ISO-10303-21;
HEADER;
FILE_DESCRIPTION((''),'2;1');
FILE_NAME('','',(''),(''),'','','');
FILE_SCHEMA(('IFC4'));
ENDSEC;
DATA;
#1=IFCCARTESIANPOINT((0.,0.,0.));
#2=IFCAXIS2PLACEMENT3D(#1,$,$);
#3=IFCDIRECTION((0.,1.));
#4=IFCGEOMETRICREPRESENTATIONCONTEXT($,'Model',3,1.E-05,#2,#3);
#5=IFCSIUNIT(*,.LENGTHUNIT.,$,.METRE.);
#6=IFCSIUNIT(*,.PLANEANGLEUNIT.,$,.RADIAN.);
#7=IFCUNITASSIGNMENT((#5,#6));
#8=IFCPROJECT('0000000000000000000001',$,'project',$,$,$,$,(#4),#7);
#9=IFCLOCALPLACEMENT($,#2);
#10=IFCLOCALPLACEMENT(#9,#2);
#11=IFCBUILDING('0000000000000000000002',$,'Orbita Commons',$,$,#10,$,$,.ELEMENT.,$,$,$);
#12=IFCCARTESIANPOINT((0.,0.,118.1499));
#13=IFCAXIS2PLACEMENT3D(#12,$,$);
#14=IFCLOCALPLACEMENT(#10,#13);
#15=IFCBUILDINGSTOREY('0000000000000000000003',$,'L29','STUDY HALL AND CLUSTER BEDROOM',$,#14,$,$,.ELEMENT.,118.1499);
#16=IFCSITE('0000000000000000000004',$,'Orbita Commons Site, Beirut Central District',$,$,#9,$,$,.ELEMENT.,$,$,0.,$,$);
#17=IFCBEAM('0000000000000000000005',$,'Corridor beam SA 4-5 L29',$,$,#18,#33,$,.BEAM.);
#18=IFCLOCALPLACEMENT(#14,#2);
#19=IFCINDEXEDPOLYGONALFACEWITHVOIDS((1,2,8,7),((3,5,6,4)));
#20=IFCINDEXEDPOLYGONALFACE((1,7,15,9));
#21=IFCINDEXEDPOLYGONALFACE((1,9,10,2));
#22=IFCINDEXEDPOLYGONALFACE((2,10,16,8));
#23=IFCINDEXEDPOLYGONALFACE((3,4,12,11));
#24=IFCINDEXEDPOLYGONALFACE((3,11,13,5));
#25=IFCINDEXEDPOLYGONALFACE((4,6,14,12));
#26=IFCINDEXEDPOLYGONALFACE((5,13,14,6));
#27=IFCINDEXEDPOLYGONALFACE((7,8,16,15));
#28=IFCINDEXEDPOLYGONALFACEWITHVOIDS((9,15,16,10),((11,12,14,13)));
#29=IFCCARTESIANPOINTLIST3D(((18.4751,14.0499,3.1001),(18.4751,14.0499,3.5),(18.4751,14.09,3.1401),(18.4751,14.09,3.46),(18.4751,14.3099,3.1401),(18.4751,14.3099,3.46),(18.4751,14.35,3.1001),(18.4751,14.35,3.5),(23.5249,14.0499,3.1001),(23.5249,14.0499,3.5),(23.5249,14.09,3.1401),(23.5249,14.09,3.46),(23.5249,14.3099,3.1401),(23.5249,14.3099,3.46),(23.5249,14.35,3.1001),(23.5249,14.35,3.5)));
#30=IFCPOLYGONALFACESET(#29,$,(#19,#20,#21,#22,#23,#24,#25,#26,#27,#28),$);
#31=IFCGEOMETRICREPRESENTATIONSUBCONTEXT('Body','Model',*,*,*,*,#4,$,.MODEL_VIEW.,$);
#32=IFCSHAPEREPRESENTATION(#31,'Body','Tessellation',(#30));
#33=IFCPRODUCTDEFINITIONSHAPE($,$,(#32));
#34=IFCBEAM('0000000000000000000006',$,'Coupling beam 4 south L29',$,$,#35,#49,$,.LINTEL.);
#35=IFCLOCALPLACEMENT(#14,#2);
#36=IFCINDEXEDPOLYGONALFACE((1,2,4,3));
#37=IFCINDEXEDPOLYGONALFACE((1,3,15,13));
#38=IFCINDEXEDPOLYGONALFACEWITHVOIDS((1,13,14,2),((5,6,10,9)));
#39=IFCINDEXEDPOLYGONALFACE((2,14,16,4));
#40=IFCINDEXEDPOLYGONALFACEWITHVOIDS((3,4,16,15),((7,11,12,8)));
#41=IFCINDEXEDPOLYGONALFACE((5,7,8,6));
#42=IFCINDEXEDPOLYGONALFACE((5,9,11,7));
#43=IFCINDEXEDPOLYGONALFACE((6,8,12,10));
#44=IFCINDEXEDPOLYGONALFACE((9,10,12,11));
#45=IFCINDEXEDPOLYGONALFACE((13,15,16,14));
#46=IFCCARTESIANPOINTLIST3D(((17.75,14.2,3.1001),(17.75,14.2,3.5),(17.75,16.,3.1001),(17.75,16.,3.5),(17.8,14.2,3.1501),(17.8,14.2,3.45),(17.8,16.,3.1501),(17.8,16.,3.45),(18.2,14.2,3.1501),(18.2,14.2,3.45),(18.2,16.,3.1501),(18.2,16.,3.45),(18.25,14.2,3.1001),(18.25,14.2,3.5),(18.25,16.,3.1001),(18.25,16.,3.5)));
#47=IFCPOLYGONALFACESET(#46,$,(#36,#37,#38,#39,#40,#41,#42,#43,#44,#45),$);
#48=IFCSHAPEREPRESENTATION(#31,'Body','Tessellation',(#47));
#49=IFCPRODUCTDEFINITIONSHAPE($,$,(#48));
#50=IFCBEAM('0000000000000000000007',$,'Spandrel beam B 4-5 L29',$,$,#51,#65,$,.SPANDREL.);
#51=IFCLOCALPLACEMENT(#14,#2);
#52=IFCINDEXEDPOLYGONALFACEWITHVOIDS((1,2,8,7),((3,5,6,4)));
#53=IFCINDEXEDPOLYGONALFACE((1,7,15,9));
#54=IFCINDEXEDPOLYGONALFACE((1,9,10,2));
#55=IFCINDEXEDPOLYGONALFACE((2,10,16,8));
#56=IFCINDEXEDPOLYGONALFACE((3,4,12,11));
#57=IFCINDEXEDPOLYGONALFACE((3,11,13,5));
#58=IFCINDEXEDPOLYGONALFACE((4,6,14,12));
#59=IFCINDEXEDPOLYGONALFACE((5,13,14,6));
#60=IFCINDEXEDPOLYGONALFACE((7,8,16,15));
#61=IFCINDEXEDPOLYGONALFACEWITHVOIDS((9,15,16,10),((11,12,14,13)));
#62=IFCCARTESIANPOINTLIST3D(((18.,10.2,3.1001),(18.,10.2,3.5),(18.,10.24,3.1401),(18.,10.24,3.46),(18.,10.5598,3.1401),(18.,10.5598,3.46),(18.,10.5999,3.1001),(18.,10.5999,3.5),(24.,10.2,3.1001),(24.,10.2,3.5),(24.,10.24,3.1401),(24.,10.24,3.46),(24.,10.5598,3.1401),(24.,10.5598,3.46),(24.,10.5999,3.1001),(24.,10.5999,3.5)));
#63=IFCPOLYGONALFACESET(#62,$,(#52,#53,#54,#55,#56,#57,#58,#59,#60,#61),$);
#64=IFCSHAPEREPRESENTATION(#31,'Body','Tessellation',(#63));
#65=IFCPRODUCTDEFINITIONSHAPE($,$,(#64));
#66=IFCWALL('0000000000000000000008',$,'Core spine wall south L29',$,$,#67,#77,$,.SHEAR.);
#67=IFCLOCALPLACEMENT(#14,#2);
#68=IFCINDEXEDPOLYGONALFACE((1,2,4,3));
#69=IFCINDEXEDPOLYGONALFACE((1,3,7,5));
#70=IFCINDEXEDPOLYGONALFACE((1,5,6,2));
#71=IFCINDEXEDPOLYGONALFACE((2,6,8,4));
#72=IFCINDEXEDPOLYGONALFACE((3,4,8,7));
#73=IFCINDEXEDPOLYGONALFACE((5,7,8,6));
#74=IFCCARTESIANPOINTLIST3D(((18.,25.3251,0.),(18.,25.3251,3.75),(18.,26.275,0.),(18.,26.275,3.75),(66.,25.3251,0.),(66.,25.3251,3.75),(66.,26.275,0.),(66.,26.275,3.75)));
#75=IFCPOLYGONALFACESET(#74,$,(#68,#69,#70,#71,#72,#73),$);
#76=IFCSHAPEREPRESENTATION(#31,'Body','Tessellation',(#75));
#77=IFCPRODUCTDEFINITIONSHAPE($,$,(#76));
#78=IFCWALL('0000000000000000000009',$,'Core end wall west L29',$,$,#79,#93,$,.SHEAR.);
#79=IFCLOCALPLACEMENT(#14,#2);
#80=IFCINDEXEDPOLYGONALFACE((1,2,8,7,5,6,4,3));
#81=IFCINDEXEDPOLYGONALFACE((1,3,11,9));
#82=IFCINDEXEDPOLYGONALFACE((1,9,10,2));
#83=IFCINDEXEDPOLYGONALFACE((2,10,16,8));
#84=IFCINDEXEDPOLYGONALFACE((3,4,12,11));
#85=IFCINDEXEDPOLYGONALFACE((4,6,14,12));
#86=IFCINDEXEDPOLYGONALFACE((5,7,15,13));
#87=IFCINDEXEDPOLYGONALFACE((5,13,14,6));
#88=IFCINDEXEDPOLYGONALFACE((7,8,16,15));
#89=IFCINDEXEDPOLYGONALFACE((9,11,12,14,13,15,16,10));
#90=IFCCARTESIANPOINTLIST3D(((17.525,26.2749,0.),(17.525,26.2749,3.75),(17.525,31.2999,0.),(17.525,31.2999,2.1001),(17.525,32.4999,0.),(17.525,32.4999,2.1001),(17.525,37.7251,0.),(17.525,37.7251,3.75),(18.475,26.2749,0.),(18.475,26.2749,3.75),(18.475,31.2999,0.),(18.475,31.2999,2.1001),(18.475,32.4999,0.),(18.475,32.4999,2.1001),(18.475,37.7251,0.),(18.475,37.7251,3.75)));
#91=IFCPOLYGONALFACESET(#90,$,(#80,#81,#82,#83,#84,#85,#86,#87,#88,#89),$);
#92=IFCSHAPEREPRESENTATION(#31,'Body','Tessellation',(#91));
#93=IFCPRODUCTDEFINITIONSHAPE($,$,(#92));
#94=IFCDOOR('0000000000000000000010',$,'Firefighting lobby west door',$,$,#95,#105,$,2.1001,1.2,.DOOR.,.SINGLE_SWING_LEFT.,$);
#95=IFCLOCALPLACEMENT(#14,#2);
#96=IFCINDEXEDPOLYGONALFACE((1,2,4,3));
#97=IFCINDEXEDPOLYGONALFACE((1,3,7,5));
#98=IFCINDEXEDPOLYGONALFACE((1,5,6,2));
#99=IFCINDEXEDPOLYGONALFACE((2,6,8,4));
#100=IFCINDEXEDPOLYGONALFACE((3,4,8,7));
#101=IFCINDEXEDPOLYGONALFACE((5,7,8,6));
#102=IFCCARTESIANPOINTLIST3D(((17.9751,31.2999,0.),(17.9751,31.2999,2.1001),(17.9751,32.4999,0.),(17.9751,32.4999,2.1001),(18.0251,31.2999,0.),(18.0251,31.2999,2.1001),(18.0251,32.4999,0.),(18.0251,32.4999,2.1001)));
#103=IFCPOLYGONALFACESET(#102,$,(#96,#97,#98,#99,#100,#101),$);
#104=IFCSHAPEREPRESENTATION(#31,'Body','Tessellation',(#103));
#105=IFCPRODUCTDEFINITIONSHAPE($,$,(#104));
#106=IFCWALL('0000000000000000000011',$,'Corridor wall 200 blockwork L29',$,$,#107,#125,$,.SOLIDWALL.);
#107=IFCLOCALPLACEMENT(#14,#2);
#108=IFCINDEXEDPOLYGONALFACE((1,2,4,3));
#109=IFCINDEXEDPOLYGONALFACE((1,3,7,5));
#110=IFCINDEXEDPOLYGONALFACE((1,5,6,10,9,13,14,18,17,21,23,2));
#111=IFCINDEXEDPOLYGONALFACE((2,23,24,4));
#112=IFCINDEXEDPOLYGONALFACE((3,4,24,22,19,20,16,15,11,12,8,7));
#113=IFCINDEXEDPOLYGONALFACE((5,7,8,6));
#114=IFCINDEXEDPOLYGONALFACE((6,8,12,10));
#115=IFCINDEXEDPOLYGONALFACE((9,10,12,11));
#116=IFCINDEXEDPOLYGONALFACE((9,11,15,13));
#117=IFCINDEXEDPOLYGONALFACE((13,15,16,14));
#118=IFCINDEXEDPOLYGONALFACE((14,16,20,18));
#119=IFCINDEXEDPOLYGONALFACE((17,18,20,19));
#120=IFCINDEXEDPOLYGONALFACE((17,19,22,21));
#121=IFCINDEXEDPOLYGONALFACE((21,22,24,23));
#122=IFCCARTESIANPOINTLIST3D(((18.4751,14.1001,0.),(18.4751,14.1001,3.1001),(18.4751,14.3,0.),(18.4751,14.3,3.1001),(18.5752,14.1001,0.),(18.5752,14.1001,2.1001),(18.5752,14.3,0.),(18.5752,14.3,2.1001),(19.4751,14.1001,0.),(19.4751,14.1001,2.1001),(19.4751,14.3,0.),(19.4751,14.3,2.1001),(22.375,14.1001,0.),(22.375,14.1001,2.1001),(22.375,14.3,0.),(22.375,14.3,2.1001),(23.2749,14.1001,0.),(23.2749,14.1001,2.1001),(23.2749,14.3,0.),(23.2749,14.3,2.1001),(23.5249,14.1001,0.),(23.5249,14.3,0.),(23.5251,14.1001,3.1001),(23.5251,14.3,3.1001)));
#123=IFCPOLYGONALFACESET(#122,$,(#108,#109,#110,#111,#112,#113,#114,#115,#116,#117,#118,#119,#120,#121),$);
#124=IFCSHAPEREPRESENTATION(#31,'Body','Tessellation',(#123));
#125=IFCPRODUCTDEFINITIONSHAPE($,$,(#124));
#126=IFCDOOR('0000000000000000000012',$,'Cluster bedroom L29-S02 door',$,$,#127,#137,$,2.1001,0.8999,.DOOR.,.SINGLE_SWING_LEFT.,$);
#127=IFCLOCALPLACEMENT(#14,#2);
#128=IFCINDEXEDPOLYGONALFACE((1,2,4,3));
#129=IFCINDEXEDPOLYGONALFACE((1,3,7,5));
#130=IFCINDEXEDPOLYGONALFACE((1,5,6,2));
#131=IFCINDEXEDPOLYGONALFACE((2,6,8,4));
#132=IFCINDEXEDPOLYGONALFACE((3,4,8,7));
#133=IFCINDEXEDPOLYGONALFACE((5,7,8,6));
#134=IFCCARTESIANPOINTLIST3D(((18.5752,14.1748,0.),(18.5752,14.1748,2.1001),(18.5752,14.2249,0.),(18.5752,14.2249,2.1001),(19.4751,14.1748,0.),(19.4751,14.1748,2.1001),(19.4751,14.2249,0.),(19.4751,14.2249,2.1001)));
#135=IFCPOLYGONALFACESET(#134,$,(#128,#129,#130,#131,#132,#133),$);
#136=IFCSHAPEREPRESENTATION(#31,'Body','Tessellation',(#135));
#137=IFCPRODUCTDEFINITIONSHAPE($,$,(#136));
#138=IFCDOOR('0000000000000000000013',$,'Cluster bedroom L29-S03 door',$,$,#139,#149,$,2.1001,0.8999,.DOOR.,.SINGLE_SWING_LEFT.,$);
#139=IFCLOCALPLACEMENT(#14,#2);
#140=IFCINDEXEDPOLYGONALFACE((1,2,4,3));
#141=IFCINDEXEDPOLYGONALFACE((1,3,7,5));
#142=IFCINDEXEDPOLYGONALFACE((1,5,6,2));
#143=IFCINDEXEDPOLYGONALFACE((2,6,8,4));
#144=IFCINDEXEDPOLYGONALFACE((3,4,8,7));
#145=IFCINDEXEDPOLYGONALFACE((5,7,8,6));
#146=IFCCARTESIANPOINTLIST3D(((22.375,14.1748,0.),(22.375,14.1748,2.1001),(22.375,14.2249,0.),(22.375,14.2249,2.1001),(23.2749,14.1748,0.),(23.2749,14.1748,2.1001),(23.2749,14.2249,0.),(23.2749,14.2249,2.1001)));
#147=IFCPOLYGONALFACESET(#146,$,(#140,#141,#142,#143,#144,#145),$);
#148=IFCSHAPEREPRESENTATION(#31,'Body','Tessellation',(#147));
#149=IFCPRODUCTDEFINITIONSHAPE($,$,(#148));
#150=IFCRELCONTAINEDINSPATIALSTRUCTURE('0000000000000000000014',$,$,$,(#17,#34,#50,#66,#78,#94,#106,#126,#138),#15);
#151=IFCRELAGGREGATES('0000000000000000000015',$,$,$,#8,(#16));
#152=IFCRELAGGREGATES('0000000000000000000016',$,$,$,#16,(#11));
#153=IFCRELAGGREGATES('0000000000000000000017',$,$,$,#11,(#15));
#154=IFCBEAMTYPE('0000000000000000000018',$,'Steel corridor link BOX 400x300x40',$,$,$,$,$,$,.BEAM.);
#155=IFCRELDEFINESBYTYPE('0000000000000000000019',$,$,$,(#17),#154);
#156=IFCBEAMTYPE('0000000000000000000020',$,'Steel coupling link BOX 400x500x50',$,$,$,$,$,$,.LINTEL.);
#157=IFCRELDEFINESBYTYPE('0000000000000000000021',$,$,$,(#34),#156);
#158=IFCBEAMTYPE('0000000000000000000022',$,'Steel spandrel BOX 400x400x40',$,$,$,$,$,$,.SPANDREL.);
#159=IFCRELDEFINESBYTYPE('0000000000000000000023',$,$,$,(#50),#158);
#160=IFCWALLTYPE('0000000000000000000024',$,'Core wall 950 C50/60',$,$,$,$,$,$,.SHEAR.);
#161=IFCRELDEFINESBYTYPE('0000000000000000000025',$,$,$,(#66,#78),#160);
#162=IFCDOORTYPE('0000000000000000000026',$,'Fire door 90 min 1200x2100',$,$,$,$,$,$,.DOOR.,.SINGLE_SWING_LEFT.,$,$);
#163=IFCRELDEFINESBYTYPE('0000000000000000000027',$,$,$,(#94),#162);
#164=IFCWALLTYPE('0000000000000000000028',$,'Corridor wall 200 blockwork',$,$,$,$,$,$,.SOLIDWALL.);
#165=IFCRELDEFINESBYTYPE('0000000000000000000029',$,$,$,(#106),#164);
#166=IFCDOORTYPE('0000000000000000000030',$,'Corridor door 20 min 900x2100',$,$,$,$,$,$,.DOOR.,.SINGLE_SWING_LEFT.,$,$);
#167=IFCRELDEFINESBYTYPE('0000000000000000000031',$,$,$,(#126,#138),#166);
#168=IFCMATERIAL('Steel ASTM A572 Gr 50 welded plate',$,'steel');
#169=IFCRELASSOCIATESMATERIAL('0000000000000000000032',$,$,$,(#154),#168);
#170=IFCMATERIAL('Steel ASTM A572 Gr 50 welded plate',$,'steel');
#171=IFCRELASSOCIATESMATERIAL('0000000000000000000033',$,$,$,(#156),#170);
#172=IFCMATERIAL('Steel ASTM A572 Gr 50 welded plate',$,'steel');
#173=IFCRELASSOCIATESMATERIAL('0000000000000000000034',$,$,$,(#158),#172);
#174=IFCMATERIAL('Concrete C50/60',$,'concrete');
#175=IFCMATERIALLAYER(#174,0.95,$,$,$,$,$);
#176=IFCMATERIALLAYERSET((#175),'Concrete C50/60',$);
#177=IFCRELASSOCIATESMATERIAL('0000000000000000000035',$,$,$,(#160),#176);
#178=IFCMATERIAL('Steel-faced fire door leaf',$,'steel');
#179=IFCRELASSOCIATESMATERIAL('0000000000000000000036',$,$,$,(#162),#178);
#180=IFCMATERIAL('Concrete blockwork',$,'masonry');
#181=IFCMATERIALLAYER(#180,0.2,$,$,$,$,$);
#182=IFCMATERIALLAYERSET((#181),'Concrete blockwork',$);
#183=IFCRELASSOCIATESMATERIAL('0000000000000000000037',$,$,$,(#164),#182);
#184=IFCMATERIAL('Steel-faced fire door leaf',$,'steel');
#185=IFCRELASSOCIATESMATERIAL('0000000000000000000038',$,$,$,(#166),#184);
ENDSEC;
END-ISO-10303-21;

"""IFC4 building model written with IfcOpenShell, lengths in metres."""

from ifc_helpers import new_model, si_unit, direction, frame, frame_2d, origin, origin_2d, place, context, subcontext, project, spatial, polyline, rectangle, hollow_rectangle, outline, extrude, material, layer, layer_set, material_profile, profile_set, type_object, element, fill, save


model = new_model("IFC4")

# Units and contexts
model_context = context("Model", 3, precision=1e-05, world=origin(), true_north=direction((0.0, 1.0)))
body_context = subcontext(model_context, "Body", "Model", "MODEL_VIEW")
ifc_project = project(units=[si_unit("LENGTHUNIT", "METRE"), si_unit("PLANEANGLEUNIT", "RADIAN")], contexts=[model_context])

# Site, building, storey
site_placement = place(None, origin())
site = spatial("IfcSite", under=ifc_project, at=site_placement, Name="Orbita Commons Site, Beirut Central District", CompositionType="ELEMENT", RefElevation=0.0)
building_placement = place(site_placement, origin())
building = spatial("IfcBuilding", under=site, at=building_placement, Name="Orbita Commons", CompositionType="ELEMENT")
storey_placement = place(building_placement, frame((0.0, 0.0, 118.1499)))
storey = spatial("IfcBuildingStorey", under=building, at=storey_placement, Name="L29", Description="STUDY HALL AND CLUSTER BEDROOM", CompositionType="ELEMENT", Elevation=118.1499)

# Beams
ifc_material_1 = material(Name="Steel ASTM A572 Gr 50 welded plate", Category="steel")
ifc_material_profile_1 = material_profile(ifc_material_1, hollow_rectangle(XDim=0.3, YDim=0.3999, WallThickness=0.04, at=origin_2d()), Name="BOX 400x300x40")
ifc_profile_set_1 = profile_set([ifc_material_profile_1], Name="Steel ASTM A572 Gr 50 welded plate")
beam_type_1 = type_object("IfcBeamType", Name="Steel corridor link BOX 400x300x40", PredefinedType="BEAM", material=ifc_profile_set_1)
beam_1_placement = place(storey_placement, frame((18.4751, 14.2, 3.3), z_axis=(1.0, 0.0, 0.0), x_axis=(0.0, 1.0, 0.0)))
element("IfcBeam", 1, at=beam_1_placement, inside=storey, type_object=beam_type_1, Name="Corridor beam SA 4-5 L29", PredefinedType="BEAM", context=body_context, shape_type="SweptSolid", body=[
    extrude(hollow_rectangle(XDim=0.3, YDim=0.3999, WallThickness=0.04, at=origin_2d()), origin(), (0.0, 0.0, 1.0), 5.0498),
])
ifc_material_2 = material(Name="Steel ASTM A572 Gr 50 welded plate", Category="steel")
ifc_material_profile_2 = material_profile(ifc_material_2, hollow_rectangle(XDim=0.5, YDim=0.3999, WallThickness=0.05, at=origin_2d()), Name="BOX 400x500x50")
ifc_profile_set_2 = profile_set([ifc_material_profile_2], Name="Steel ASTM A572 Gr 50 welded plate")
beam_type_2 = type_object("IfcBeamType", Name="Steel coupling link BOX 400x500x50", PredefinedType="LINTEL", material=ifc_profile_set_2)
beam_2_placement = place(storey_placement, frame((18.0, 14.2, 3.3), z_axis=(0.0, 1.0, 0.0), x_axis=(-1.0, 0.0, 0.0)))
element("IfcBeam", 2, at=beam_2_placement, inside=storey, type_object=beam_type_2, Name="Coupling beam 4 south L29", PredefinedType="LINTEL", context=body_context, shape_type="SweptSolid", body=[
    extrude(hollow_rectangle(XDim=0.5, YDim=0.3999, WallThickness=0.05, at=origin_2d()), origin(), (0.0, 0.0, 1.0), 1.8),
])
ifc_material_3 = material(Name="Steel ASTM A572 Gr 50 welded plate", Category="steel")
ifc_material_profile_3 = material_profile(ifc_material_3, hollow_rectangle(XDim=0.3999, YDim=0.3999, WallThickness=0.04, at=origin_2d()), Name="BOX 400x400x40")
ifc_profile_set_3 = profile_set([ifc_material_profile_3], Name="Steel ASTM A572 Gr 50 welded plate")
beam_type_3 = type_object("IfcBeamType", Name="Steel spandrel BOX 400x400x40", PredefinedType="SPANDREL", material=ifc_profile_set_3)
beam_3_placement = place(storey_placement, frame((18.0, 10.3999, 3.3), z_axis=(1.0, 0.0, 0.0), x_axis=(0.0, 1.0, 0.0)))
element("IfcBeam", 3, at=beam_3_placement, inside=storey, type_object=beam_type_3, Name="Spandrel beam B 4-5 L29", PredefinedType="SPANDREL", context=body_context, shape_type="SweptSolid", body=[
    extrude(hollow_rectangle(XDim=0.3999, YDim=0.3999, WallThickness=0.04, at=origin_2d()), origin(), (0.0, 0.0, 1.0), 6.0),
])

# Wall
ifc_material_4 = material(Name="Concrete C50/60", Category="concrete")
ifc_layer_1 = layer(ifc_material_4, 0.95)
ifc_layer_set_1 = layer_set([ifc_layer_1], Name="Concrete C50/60")
wall_type_1 = type_object("IfcWallType", Name="Core wall 950 C50/60", PredefinedType="SHEAR", material=ifc_layer_set_1)
wall_1_placement = place(storey_placement, frame((18.0, 25.8, 0.0), z_axis=(0.0, 0.0, 1.0), x_axis=(1.0, 0.0, 0.0)))
element("IfcWall", 4, at=wall_1_placement, inside=storey, type_object=wall_type_1, Name="Core spine wall south L29", PredefinedType="SHEAR", context=body_context, shape_type="SweptSolid", body=[
    extrude(rectangle(XDim=48.0, YDim=0.95, at=frame_2d((24.0, 0.0))), origin(), (0.0, 0.0, 1.0), 3.75),
])

# Wall, opening, door
wall_2_placement = place(storey_placement, frame((18.0, 26.2749, 0.0), z_axis=(0.0, 0.0, 1.0), x_axis=(0.0, 1.0, 0.0)))
wall_2 = element("IfcWall", 5, at=wall_2_placement, inside=storey, type_object=wall_type_1, Name="Core end wall west L29", PredefinedType="SHEAR", context=body_context, shape_type="SweptSolid", body=[
    extrude(rectangle(XDim=11.4502, YDim=0.95, at=frame_2d((5.7251, 0.0))), origin(), (0.0, 0.0, 1.0), 3.75),
])
opening_1_placement = place(wall_2_placement, frame((5.0249, 0.0, 0.0)))
opening_1 = element("IfcOpeningElement", 6, at=opening_1_placement, cuts=wall_2, PredefinedType="OPENING", context=body_context, shape_type="SweptSolid", body=[
    extrude(rectangle(XDim=1.2, YDim=2.1001, at=frame_2d((0.6001, 1.05))), frame((0.0, 0.4849, 0.0), z_axis=(0.0, -1.0, 0.0), x_axis=(1.0, 0.0, 0.0)), (0.0, 0.0, 1.0), 0.97),
])
ifc_material_5 = material(Name="Steel-faced fire door leaf", Category="steel")
door_type_1 = type_object("IfcDoorType", Name="Fire door 90 min 1200x2100", OperationType="SINGLE_SWING_LEFT", PredefinedType="DOOR", material=ifc_material_5)
door_1_placement = place(opening_1_placement, origin())
door_1 = element("IfcDoor", 7, at=door_1_placement, inside=storey, type_object=door_type_1, Name="Firefighting lobby west door", OperationType="SINGLE_SWING_LEFT", OverallHeight=2.1001, OverallWidth=1.2, PredefinedType="DOOR", context=body_context, shape_type="SweptSolid", body=[
    extrude(rectangle(XDim=1.2, YDim=2.1001, at=frame_2d((0.6001, 1.05))), frame((0.0, 0.0249, 0.0), z_axis=(0.0, -1.0, 0.0), x_axis=(1.0, 0.0, 0.0)), (0.0, 0.0, 1.0), 0.05),
])
fill(opening_1, door_1)

# Wall, openings, doors
ifc_material_6 = material(Name="Concrete blockwork", Category="masonry")
ifc_layer_2 = layer(ifc_material_6, 0.2)
ifc_layer_set_2 = layer_set([ifc_layer_2], Name="Concrete blockwork")
wall_type_2 = type_object("IfcWallType", Name="Corridor wall 200 blockwork", PredefinedType="SOLIDWALL", material=ifc_layer_set_2)
wall_3_placement = place(storey_placement, frame((18.4751, 14.2, 0.0), z_axis=(0.0, 0.0, 1.0), x_axis=(1.0, 0.0, 0.0)))
wall_3 = element("IfcWall", 8, at=wall_3_placement, inside=storey, type_object=wall_type_2, Name="Corridor wall 200 blockwork L29", PredefinedType="SOLIDWALL", context=body_context, shape_type="SweptSolid", body=[
    extrude(outline(polyline([(0.0, 0.0), (5.0498, 0.0), (5.05, 3.1001), (0.0, 3.1001), (0.0, 0.0)])), frame((0.0, 0.1001, 0.0), z_axis=(0.0, -1.0, 0.0), x_axis=(1.0, 0.0, 0.0)), (0.0, 0.0, 1.0), 0.2),
])
opening_2_placement = place(wall_3_placement, frame((0.1001, 0.0, 0.0)))
opening_2 = element("IfcOpeningElement", 9, at=opening_2_placement, cuts=wall_3, PredefinedType="OPENING", context=body_context, shape_type="SweptSolid", body=[
    extrude(rectangle(XDim=0.8999, YDim=2.1001, at=frame_2d((0.45, 1.05))), frame((0.0, 0.1099, 0.0), z_axis=(0.0, -1.0, 0.0), x_axis=(1.0, 0.0, 0.0)), (0.0, 0.0, 1.0), 0.22),
])
opening_3_placement = place(wall_3_placement, frame((3.8999, 0.0, 0.0)))
opening_3 = element("IfcOpeningElement", 10, at=opening_3_placement, cuts=wall_3, PredefinedType="OPENING", context=body_context, shape_type="SweptSolid", body=[
    extrude(rectangle(XDim=0.8999, YDim=2.1001, at=frame_2d((0.45, 1.05))), frame((0.0, 0.1099, 0.0), z_axis=(0.0, -1.0, 0.0), x_axis=(1.0, 0.0, 0.0)), (0.0, 0.0, 1.0), 0.22),
])
ifc_material_7 = material(Name="Steel-faced fire door leaf", Category="steel")
door_type_2 = type_object("IfcDoorType", Name="Corridor door 20 min 900x2100", OperationType="SINGLE_SWING_LEFT", PredefinedType="DOOR", material=ifc_material_7)
door_2_placement = place(opening_2_placement, origin())
door_2 = element("IfcDoor", 11, at=door_2_placement, inside=storey, type_object=door_type_2, Name="Cluster bedroom L29-S02 door", OperationType="SINGLE_SWING_LEFT", OverallHeight=2.1001, OverallWidth=0.8999, PredefinedType="DOOR", context=body_context, shape_type="SweptSolid", body=[
    extrude(rectangle(XDim=0.8999, YDim=2.1001, at=frame_2d((0.45, 1.05))), frame((0.0, 0.0249, 0.0), z_axis=(0.0, -1.0, 0.0), x_axis=(1.0, 0.0, 0.0)), (0.0, 0.0, 1.0), 0.05),
])
fill(opening_2, door_2)
door_3_placement = place(opening_3_placement, origin())
door_3 = element("IfcDoor", 12, at=door_3_placement, inside=storey, type_object=door_type_2, Name="Cluster bedroom L29-S03 door", OperationType="SINGLE_SWING_LEFT", OverallHeight=2.1001, OverallWidth=0.8999, PredefinedType="DOOR", context=body_context, shape_type="SweptSolid", body=[
    extrude(rectangle(XDim=0.8999, YDim=2.1001, at=frame_2d((0.45, 1.05))), frame((0.0, 0.0249, 0.0), z_axis=(0.0, -1.0, 0.0), x_axis=(1.0, 0.0, 0.0)), (0.0, 0.0, 1.0), 0.05),
])
fill(opening_3, door_3)

save(model, "model.ifc")
